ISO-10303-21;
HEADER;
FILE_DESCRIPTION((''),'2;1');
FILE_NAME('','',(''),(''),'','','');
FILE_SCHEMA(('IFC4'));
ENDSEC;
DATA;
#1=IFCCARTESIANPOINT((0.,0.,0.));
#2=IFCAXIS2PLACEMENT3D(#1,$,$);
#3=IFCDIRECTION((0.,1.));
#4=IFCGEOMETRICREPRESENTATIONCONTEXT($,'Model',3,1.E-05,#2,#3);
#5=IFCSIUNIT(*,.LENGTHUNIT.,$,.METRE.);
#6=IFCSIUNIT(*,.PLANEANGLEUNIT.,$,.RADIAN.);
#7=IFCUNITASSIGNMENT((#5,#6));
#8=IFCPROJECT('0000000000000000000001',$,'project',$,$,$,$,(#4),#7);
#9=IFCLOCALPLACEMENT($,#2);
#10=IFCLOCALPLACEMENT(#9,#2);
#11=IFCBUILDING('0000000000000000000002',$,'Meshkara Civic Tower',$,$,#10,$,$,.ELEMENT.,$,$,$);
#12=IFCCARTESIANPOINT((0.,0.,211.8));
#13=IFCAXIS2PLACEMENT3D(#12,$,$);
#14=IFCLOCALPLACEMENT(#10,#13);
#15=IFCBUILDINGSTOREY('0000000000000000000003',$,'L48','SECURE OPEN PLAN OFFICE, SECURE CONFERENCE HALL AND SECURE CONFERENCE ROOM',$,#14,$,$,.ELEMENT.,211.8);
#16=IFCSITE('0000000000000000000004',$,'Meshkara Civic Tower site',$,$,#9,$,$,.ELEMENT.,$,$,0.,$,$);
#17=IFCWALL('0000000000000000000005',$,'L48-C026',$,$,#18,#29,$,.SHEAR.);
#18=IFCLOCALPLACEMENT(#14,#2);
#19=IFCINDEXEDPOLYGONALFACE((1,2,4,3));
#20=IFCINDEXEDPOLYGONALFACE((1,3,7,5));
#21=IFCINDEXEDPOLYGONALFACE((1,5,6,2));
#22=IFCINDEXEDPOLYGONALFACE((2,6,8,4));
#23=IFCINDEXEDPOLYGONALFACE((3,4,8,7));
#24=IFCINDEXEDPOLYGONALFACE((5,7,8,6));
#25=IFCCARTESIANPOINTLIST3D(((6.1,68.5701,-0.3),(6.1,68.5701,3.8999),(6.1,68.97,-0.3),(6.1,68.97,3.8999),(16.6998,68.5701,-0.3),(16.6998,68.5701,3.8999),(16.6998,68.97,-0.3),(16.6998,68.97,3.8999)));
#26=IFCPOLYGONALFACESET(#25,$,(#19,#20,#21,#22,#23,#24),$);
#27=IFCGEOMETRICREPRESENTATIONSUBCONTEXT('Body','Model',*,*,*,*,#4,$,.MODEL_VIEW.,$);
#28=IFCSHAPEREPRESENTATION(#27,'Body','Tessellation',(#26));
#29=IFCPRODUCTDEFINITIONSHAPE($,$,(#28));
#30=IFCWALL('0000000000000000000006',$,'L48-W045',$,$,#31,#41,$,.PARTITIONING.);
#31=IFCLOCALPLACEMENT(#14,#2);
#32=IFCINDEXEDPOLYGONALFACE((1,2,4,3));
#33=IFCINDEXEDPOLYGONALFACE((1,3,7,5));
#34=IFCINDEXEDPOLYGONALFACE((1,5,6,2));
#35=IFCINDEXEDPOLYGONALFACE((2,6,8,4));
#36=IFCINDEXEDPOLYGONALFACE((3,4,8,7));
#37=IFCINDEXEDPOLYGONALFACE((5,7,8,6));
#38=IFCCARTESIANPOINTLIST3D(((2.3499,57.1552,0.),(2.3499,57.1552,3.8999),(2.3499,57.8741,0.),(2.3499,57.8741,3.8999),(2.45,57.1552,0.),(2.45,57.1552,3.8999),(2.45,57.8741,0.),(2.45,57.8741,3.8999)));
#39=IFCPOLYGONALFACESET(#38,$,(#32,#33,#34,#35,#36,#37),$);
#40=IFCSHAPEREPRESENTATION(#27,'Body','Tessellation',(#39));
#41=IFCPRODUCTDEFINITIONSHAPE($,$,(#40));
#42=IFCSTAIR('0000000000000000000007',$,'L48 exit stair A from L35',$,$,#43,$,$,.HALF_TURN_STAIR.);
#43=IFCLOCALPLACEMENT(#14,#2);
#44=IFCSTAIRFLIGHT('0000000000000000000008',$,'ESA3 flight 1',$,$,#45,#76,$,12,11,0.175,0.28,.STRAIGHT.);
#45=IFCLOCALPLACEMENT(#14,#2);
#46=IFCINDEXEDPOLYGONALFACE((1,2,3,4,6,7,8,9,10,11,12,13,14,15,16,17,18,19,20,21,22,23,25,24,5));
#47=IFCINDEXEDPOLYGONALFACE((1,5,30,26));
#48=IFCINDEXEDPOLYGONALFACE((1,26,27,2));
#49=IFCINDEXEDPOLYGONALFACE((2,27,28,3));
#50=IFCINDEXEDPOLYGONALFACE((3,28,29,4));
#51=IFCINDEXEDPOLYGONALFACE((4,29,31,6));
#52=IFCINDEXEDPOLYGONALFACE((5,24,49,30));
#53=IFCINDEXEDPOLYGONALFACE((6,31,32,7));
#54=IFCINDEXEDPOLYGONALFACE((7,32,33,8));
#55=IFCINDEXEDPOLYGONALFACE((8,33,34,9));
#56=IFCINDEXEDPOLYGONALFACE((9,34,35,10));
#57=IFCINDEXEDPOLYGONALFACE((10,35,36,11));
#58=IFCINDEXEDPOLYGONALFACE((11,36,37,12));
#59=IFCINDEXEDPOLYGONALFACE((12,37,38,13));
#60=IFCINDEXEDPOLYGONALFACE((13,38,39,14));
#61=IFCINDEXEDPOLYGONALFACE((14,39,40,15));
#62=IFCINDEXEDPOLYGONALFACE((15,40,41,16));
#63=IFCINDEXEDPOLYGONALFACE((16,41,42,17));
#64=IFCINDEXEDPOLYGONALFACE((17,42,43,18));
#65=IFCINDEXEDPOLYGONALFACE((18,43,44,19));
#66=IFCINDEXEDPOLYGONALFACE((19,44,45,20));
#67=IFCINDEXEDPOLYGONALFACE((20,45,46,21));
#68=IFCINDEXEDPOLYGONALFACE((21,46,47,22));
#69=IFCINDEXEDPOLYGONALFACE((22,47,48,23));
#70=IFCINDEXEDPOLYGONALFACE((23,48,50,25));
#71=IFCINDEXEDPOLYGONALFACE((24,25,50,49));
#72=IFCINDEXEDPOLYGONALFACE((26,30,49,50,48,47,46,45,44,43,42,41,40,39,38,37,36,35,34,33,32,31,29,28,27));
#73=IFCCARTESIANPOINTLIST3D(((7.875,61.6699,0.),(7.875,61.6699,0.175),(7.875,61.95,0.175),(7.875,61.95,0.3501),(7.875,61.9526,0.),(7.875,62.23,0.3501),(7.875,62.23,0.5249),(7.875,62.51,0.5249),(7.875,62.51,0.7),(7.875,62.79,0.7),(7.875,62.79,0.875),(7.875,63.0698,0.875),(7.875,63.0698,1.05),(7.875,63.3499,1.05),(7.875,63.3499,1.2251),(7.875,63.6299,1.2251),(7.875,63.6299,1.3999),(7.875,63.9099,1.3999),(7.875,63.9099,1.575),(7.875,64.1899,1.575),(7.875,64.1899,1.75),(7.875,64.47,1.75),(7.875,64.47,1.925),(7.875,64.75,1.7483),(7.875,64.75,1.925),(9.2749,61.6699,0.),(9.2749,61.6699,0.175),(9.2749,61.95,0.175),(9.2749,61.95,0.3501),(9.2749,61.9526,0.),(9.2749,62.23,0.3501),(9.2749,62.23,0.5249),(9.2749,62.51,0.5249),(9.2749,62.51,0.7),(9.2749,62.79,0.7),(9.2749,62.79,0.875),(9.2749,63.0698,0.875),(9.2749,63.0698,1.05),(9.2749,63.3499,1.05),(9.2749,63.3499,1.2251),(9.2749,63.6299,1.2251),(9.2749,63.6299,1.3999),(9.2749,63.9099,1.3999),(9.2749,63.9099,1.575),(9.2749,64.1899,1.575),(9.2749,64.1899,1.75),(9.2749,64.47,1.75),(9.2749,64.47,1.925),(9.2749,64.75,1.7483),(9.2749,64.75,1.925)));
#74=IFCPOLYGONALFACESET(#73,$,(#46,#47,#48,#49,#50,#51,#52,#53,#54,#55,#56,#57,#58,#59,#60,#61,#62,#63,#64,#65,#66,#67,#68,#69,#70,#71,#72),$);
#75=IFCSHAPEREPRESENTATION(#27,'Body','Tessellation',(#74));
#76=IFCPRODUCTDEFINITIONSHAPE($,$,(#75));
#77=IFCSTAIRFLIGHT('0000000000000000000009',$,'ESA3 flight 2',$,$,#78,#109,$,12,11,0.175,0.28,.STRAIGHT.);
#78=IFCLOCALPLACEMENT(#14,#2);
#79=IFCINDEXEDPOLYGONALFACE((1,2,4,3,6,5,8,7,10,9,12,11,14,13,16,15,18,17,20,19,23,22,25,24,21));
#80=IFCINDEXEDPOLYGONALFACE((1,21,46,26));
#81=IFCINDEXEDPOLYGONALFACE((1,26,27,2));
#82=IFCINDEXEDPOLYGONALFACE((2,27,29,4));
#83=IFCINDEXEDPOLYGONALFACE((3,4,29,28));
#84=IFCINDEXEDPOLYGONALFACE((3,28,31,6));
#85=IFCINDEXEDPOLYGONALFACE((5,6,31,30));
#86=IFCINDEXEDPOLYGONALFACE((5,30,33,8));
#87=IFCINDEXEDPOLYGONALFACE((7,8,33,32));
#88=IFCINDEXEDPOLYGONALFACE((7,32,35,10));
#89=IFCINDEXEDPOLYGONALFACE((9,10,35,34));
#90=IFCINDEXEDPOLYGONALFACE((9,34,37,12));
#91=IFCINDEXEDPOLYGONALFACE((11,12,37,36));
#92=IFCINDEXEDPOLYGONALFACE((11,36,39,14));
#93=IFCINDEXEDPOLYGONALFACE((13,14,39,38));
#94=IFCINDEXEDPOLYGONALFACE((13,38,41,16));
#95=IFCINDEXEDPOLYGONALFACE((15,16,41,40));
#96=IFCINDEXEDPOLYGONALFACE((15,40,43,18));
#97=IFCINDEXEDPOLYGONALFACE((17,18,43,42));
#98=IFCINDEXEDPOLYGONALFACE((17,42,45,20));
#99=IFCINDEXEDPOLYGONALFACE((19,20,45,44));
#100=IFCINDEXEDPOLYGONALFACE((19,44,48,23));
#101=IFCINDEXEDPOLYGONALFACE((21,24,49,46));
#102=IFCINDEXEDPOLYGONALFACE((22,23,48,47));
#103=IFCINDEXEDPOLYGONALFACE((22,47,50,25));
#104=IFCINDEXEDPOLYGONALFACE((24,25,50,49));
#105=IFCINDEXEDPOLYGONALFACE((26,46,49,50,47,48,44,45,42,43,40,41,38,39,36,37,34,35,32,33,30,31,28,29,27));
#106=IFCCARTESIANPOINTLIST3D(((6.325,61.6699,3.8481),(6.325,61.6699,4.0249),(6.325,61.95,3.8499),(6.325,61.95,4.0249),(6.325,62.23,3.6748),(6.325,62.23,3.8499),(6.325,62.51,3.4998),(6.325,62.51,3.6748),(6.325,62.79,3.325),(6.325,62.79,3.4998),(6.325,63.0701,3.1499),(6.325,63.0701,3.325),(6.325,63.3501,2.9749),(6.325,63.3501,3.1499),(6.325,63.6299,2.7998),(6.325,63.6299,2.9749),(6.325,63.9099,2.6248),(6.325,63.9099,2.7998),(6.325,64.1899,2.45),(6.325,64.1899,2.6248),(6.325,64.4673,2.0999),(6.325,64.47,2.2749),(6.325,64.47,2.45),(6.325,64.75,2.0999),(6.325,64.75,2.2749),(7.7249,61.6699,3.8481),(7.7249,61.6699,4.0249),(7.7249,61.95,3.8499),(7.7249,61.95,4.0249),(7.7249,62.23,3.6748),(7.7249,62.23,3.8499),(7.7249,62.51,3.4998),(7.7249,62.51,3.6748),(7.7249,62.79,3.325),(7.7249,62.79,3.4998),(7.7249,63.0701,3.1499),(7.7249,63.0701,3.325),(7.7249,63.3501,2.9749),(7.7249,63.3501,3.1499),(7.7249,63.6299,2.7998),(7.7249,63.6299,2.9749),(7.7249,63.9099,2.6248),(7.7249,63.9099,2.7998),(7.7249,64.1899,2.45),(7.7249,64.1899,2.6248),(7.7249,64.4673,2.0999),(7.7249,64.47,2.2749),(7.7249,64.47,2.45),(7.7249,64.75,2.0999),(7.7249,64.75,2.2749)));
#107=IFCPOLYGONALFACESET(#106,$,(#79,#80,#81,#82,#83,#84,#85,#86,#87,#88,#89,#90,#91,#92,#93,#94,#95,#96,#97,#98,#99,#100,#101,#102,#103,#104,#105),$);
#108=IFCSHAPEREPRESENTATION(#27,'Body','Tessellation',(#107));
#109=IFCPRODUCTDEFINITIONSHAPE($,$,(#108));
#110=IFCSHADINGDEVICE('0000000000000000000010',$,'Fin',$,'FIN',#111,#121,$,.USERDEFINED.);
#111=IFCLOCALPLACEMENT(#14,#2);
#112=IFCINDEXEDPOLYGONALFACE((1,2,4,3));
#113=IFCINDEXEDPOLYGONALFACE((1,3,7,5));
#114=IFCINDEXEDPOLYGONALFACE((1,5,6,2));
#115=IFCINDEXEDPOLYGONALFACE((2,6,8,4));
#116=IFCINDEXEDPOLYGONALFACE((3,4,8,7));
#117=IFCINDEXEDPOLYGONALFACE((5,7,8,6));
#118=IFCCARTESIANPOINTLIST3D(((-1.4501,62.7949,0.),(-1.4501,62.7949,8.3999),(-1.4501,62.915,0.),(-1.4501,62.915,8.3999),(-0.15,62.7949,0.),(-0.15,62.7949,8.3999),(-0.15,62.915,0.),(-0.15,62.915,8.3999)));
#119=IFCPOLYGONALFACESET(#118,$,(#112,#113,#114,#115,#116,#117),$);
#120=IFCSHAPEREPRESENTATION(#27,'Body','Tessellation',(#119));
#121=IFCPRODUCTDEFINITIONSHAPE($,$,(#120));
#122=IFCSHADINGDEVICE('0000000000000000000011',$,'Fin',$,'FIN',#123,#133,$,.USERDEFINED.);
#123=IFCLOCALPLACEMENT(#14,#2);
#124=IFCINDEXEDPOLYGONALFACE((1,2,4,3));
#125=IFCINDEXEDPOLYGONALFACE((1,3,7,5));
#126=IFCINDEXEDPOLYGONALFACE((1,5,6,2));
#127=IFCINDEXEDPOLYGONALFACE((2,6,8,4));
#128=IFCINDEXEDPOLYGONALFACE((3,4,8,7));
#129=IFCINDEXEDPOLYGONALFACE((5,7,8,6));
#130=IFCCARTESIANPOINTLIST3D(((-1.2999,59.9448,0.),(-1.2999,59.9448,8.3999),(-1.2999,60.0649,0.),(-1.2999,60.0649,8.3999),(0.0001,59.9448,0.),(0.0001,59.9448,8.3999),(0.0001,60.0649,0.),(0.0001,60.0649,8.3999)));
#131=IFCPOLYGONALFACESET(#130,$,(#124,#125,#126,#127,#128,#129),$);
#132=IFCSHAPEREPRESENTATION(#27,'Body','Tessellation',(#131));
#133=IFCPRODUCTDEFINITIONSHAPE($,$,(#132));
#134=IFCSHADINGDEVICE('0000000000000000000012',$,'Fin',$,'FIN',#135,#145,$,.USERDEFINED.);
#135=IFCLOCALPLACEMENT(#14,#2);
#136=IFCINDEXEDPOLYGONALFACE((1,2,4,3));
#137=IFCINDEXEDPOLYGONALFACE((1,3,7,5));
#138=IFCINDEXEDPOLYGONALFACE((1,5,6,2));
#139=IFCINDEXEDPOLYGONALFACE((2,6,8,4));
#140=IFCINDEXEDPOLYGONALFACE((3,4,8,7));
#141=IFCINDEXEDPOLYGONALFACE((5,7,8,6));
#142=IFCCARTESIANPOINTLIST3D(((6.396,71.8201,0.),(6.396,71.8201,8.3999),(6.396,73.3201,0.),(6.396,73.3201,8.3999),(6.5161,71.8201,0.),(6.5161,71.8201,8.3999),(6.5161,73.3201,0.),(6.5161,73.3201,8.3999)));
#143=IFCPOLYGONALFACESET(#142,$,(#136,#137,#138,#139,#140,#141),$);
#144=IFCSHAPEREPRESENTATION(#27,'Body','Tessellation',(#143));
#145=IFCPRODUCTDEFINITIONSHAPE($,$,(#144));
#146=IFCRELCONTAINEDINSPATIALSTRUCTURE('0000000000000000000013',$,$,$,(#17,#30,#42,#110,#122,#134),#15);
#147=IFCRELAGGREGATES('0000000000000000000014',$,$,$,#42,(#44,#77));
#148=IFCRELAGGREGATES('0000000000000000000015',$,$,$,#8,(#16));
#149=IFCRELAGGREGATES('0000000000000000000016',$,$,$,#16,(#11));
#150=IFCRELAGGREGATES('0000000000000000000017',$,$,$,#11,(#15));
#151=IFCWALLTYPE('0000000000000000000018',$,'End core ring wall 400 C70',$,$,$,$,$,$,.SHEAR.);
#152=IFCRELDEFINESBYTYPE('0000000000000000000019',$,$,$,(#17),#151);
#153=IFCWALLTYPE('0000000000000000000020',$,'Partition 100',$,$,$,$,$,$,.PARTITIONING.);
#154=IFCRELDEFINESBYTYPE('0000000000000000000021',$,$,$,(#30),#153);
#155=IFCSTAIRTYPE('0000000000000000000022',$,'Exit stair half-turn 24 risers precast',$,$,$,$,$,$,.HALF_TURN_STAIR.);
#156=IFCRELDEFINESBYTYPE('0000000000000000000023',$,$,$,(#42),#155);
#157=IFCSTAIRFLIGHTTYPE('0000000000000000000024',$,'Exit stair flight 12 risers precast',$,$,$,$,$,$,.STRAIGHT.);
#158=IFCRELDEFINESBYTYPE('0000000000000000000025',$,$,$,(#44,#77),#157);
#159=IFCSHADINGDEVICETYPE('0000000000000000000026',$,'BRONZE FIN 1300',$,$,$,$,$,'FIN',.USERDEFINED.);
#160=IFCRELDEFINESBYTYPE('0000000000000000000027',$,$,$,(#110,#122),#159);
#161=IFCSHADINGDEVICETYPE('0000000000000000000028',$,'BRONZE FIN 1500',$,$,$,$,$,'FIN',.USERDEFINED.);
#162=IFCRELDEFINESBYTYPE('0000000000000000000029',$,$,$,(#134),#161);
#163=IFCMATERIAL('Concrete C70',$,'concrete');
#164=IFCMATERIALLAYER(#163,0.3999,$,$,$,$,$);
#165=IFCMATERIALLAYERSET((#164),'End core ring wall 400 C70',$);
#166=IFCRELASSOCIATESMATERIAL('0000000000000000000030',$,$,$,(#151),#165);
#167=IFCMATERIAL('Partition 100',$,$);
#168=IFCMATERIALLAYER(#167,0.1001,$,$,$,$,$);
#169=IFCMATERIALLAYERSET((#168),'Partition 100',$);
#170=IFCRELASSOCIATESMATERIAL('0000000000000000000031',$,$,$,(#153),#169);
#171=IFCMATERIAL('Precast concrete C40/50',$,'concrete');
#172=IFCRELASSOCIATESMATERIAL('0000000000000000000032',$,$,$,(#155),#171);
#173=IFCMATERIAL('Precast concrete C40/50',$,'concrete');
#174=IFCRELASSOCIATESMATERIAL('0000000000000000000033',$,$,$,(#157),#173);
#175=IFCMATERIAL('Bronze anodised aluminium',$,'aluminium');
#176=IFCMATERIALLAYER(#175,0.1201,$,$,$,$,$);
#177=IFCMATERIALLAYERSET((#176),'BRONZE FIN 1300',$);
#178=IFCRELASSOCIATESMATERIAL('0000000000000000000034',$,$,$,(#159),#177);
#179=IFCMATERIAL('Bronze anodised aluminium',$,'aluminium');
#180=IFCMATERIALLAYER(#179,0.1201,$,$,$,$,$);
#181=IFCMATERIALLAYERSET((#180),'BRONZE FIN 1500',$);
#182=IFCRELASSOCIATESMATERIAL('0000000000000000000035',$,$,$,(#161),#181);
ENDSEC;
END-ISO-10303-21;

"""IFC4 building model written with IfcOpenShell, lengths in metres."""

from ifc_helpers import new_model, si_unit, direction, frame, frame_2d, origin, origin_2d, place, context, subcontext, project, spatial, polyline, rectangle, outline, extrude, material, layer, layer_set, type_object, element, aggregate, save


model = new_model("IFC4")

# Units and contexts
model_context = context("Model", 3, precision=1e-05, world=origin(), true_north=direction((0.0, 1.0)))
body_context = subcontext(model_context, "Body", "Model", "MODEL_VIEW")
ifc_project = project(units=[si_unit("LENGTHUNIT", "METRE"), si_unit("PLANEANGLEUNIT", "RADIAN")], contexts=[model_context])

# Site, building, storey
site_placement = place(None, origin())
site = spatial("IfcSite", under=ifc_project, at=site_placement, Name="Meshkara Civic Tower site", CompositionType="ELEMENT", RefElevation=0.0)
building_placement = place(site_placement, origin())
building = spatial("IfcBuilding", under=site, at=building_placement, Name="Meshkara Civic Tower", CompositionType="ELEMENT")
storey_placement = place(building_placement, frame((0.0, 0.0, 211.8)))
storey = spatial("IfcBuildingStorey", under=building, at=storey_placement, Name="L48", Description="SECURE OPEN PLAN OFFICE, SECURE CONFERENCE HALL AND SECURE CONFERENCE ROOM", CompositionType="ELEMENT", Elevation=211.8)

# Shared definitions
ifc_material_1 = material(Name="Concrete C70", Category="concrete")
ifc_layer_1 = layer(ifc_material_1, 0.3999)
ifc_layer_set_1 = layer_set([ifc_layer_1], Name="End core ring wall 400 C70")
wall_type_1 = type_object("IfcWallType", Name="End core ring wall 400 C70", PredefinedType="SHEAR", material=ifc_layer_set_1)

# Walls
wall_1_placement = place(storey_placement, frame((6.1001, 68.77, -0.3), z_axis=(0.0, 0.0, 1.0), x_axis=(1.0, 0.0, 0.0)))
element("IfcWall", 1, at=wall_1_placement, inside=storey, type_object=wall_type_1, Name="L48-C026", PredefinedType="SHEAR", context=body_context, shape_type="SweptSolid", body=[
    extrude(rectangle(XDim=10.5999, YDim=0.3999, at=frame_2d((5.2998, 0.0))), origin(), (0.0, 0.0, 1.0), 4.2),
])
ifc_material_2 = material(Name="Partition 100")
ifc_layer_2 = layer(ifc_material_2, 0.1001)
ifc_layer_set_2 = layer_set([ifc_layer_2], Name="Partition 100")
wall_type_2 = type_object("IfcWallType", Name="Partition 100", PredefinedType="PARTITIONING", material=ifc_layer_set_2)
wall_2_placement = place(storey_placement, frame((2.3999, 57.874, 0.0), z_axis=(0.0, 0.0, 1.0), x_axis=(0.0, -1.0, 0.0)))
element("IfcWall", 2, at=wall_2_placement, inside=storey, type_object=wall_type_2, Name="L48-W045", PredefinedType="PARTITIONING", context=body_context, shape_type="SweptSolid", body=[
    extrude(rectangle(XDim=0.719, YDim=0.1001, at=frame_2d((0.3594, 0.0))), origin(), (0.0, 0.0, 1.0), 3.8999),
])

# Stair, stair flights
ifc_material_3 = material(Name="Precast concrete C40/50", Category="concrete")
stair_type = type_object("IfcStairType", Name="Exit stair half-turn 24 risers precast", PredefinedType="HALF_TURN_STAIR", material=ifc_material_3)
stair_placement = place(storey_placement, origin())
stair = element("IfcStair", 3, at=stair_placement, inside=storey, type_object=stair_type, Name="L48 exit stair A from L35", PredefinedType="HALF_TURN_STAIR")
ifc_material_4 = material(Name="Precast concrete C40/50", Category="concrete")
stair_flight_type = type_object("IfcStairFlightType", Name="Exit stair flight 12 risers precast", PredefinedType="STRAIGHT", material=ifc_material_4)
stair_flight_1_placement = place(storey_placement, frame((8.575, 61.6699, 0.0), z_axis=(0.0, 0.0, 1.0), x_axis=(0.0, 1.0, 0.0)))
stair_flight_1 = element("IfcStairFlight", 4, at=stair_flight_1_placement, type_object=stair_flight_type, Name="ESA3 flight 1", NumberOfRisers=12, NumberOfTreads=11, PredefinedType="STRAIGHT", RiserHeight=0.175, TreadLength=0.28, context=body_context, shape_type="SweptSolid", body=[
    extrude(outline(polyline([(0.0, 0.0), (0.0, 0.175), (0.28, 0.175), (0.28, 0.3501), (0.5601, 0.3501), (0.5601, 0.5249), (0.8401, 0.5249), (0.8401, 0.7), (1.1201, 0.7), (1.1201, 0.875), (1.3999, 0.875), (1.3999, 1.05), (1.6799, 1.05), (1.6799, 1.2251), (1.96, 1.2251), (1.96, 1.3999), (2.24, 1.3999), (2.24, 1.575), (2.52, 1.575), (2.52, 1.75), (2.8, 1.75), (2.8, 1.925), (3.0801, 1.925), (3.0801, 2.1001), (3.0801, 1.7483), (0.2827, 0.0), (0.0, 0.0)])), frame((0.0, 0.7, 0.0), z_axis=(0.0, -1.0, 0.0), x_axis=(1.0, 0.0, 0.0)), (0.0, 0.0, 1.0), 1.3999),
])
stair_flight_2_placement = place(storey_placement, frame((7.0249, 64.75, 2.0999), z_axis=(0.0, 0.0, 1.0), x_axis=(0.0, -1.0, 0.0)))
stair_flight_2 = element("IfcStairFlight", 5, at=stair_flight_2_placement, type_object=stair_flight_type, Name="ESA3 flight 2", NumberOfRisers=12, NumberOfTreads=11, PredefinedType="STRAIGHT", RiserHeight=0.175, TreadLength=0.28, context=body_context, shape_type="SweptSolid", body=[
    extrude(outline(polyline([(0.0, 0.0), (0.0, 0.175), (0.28, 0.175), (0.28, 0.3501), (0.5601, 0.3501), (0.5601, 0.5249), (0.8401, 0.5249), (0.8401, 0.7), (1.1201, 0.7), (1.1201, 0.875), (1.3999, 0.875), (1.3999, 1.05), (1.6799, 1.05), (1.6799, 1.2251), (1.96, 1.2251), (1.96, 1.3999), (2.24, 1.3999), (2.24, 1.575), (2.52, 1.575), (2.52, 1.75), (2.8, 1.75), (2.8, 1.925), (3.0801, 1.925), (3.0801, 2.1001), (3.0801, 1.7483), (0.2827, 0.0), (0.0, 0.0)])), frame((0.0, 0.7, 0.0), z_axis=(0.0, -1.0, 0.0), x_axis=(1.0, 0.0, 0.0)), (0.0, 0.0, 1.0), 1.3999),
])
aggregate(stair, [stair_flight_1, stair_flight_2])

# Shading devices
ifc_material_5 = material(Name="Bronze anodised aluminium", Category="aluminium")
ifc_layer_3 = layer(ifc_material_5, 0.1201)
ifc_layer_set_3 = layer_set([ifc_layer_3], Name="BRONZE FIN 1300")
shading_device_type_1 = type_object("IfcShadingDeviceType", Name="BRONZE FIN 1300", ElementType="FIN", PredefinedType="USERDEFINED", material=ifc_layer_set_3)
for number, where, z_axis, x_axis, name in (
    (6, (-0.8, 62.855, 0.0), (0.0, 0.0, 1.0), (0.0, -1.0, 0.0), "Fin"),
    (7, (-0.6499, 60.0049, 0.0), (0.0, 0.0, 1.0), (0.0, -1.0, 0.0), "Fin"),
):
    element("IfcShadingDevice", number, at=place(storey_placement, frame(where, z_axis=z_axis, x_axis=x_axis)), inside=storey, type_object=shading_device_type_1, Name=name, ObjectType="FIN", PredefinedType="USERDEFINED", context=body_context, shape_type="SweptSolid", body=[
        extrude(rectangle(XDim=0.1201, YDim=1.3, at=origin_2d()), origin(), (0.0, 0.0, 1.0), 8.3999),
    ])
ifc_material_6 = material(Name="Bronze anodised aluminium", Category="aluminium")
ifc_layer_4 = layer(ifc_material_6, 0.1201)
ifc_layer_set_4 = layer_set([ifc_layer_4], Name="BRONZE FIN 1500")
shading_device_type_2 = type_object("IfcShadingDeviceType", Name="BRONZE FIN 1500", ElementType="FIN", PredefinedType="USERDEFINED", material=ifc_layer_set_4)
shading_device_placement = place(storey_placement, frame((6.4561, 72.5701, 0.0), z_axis=(0.0, 0.0, 1.0), x_axis=(-1.0, 0.0, 0.0)))
element("IfcShadingDevice", 8, at=shading_device_placement, inside=storey, type_object=shading_device_type_2, Name="Fin", ObjectType="FIN", PredefinedType="USERDEFINED", context=body_context, shape_type="SweptSolid", body=[
    extrude(rectangle(XDim=0.1201, YDim=1.5, at=origin_2d()), origin(), (0.0, 0.0, 1.0), 8.3999),
])

save(model, "model.ifc")
